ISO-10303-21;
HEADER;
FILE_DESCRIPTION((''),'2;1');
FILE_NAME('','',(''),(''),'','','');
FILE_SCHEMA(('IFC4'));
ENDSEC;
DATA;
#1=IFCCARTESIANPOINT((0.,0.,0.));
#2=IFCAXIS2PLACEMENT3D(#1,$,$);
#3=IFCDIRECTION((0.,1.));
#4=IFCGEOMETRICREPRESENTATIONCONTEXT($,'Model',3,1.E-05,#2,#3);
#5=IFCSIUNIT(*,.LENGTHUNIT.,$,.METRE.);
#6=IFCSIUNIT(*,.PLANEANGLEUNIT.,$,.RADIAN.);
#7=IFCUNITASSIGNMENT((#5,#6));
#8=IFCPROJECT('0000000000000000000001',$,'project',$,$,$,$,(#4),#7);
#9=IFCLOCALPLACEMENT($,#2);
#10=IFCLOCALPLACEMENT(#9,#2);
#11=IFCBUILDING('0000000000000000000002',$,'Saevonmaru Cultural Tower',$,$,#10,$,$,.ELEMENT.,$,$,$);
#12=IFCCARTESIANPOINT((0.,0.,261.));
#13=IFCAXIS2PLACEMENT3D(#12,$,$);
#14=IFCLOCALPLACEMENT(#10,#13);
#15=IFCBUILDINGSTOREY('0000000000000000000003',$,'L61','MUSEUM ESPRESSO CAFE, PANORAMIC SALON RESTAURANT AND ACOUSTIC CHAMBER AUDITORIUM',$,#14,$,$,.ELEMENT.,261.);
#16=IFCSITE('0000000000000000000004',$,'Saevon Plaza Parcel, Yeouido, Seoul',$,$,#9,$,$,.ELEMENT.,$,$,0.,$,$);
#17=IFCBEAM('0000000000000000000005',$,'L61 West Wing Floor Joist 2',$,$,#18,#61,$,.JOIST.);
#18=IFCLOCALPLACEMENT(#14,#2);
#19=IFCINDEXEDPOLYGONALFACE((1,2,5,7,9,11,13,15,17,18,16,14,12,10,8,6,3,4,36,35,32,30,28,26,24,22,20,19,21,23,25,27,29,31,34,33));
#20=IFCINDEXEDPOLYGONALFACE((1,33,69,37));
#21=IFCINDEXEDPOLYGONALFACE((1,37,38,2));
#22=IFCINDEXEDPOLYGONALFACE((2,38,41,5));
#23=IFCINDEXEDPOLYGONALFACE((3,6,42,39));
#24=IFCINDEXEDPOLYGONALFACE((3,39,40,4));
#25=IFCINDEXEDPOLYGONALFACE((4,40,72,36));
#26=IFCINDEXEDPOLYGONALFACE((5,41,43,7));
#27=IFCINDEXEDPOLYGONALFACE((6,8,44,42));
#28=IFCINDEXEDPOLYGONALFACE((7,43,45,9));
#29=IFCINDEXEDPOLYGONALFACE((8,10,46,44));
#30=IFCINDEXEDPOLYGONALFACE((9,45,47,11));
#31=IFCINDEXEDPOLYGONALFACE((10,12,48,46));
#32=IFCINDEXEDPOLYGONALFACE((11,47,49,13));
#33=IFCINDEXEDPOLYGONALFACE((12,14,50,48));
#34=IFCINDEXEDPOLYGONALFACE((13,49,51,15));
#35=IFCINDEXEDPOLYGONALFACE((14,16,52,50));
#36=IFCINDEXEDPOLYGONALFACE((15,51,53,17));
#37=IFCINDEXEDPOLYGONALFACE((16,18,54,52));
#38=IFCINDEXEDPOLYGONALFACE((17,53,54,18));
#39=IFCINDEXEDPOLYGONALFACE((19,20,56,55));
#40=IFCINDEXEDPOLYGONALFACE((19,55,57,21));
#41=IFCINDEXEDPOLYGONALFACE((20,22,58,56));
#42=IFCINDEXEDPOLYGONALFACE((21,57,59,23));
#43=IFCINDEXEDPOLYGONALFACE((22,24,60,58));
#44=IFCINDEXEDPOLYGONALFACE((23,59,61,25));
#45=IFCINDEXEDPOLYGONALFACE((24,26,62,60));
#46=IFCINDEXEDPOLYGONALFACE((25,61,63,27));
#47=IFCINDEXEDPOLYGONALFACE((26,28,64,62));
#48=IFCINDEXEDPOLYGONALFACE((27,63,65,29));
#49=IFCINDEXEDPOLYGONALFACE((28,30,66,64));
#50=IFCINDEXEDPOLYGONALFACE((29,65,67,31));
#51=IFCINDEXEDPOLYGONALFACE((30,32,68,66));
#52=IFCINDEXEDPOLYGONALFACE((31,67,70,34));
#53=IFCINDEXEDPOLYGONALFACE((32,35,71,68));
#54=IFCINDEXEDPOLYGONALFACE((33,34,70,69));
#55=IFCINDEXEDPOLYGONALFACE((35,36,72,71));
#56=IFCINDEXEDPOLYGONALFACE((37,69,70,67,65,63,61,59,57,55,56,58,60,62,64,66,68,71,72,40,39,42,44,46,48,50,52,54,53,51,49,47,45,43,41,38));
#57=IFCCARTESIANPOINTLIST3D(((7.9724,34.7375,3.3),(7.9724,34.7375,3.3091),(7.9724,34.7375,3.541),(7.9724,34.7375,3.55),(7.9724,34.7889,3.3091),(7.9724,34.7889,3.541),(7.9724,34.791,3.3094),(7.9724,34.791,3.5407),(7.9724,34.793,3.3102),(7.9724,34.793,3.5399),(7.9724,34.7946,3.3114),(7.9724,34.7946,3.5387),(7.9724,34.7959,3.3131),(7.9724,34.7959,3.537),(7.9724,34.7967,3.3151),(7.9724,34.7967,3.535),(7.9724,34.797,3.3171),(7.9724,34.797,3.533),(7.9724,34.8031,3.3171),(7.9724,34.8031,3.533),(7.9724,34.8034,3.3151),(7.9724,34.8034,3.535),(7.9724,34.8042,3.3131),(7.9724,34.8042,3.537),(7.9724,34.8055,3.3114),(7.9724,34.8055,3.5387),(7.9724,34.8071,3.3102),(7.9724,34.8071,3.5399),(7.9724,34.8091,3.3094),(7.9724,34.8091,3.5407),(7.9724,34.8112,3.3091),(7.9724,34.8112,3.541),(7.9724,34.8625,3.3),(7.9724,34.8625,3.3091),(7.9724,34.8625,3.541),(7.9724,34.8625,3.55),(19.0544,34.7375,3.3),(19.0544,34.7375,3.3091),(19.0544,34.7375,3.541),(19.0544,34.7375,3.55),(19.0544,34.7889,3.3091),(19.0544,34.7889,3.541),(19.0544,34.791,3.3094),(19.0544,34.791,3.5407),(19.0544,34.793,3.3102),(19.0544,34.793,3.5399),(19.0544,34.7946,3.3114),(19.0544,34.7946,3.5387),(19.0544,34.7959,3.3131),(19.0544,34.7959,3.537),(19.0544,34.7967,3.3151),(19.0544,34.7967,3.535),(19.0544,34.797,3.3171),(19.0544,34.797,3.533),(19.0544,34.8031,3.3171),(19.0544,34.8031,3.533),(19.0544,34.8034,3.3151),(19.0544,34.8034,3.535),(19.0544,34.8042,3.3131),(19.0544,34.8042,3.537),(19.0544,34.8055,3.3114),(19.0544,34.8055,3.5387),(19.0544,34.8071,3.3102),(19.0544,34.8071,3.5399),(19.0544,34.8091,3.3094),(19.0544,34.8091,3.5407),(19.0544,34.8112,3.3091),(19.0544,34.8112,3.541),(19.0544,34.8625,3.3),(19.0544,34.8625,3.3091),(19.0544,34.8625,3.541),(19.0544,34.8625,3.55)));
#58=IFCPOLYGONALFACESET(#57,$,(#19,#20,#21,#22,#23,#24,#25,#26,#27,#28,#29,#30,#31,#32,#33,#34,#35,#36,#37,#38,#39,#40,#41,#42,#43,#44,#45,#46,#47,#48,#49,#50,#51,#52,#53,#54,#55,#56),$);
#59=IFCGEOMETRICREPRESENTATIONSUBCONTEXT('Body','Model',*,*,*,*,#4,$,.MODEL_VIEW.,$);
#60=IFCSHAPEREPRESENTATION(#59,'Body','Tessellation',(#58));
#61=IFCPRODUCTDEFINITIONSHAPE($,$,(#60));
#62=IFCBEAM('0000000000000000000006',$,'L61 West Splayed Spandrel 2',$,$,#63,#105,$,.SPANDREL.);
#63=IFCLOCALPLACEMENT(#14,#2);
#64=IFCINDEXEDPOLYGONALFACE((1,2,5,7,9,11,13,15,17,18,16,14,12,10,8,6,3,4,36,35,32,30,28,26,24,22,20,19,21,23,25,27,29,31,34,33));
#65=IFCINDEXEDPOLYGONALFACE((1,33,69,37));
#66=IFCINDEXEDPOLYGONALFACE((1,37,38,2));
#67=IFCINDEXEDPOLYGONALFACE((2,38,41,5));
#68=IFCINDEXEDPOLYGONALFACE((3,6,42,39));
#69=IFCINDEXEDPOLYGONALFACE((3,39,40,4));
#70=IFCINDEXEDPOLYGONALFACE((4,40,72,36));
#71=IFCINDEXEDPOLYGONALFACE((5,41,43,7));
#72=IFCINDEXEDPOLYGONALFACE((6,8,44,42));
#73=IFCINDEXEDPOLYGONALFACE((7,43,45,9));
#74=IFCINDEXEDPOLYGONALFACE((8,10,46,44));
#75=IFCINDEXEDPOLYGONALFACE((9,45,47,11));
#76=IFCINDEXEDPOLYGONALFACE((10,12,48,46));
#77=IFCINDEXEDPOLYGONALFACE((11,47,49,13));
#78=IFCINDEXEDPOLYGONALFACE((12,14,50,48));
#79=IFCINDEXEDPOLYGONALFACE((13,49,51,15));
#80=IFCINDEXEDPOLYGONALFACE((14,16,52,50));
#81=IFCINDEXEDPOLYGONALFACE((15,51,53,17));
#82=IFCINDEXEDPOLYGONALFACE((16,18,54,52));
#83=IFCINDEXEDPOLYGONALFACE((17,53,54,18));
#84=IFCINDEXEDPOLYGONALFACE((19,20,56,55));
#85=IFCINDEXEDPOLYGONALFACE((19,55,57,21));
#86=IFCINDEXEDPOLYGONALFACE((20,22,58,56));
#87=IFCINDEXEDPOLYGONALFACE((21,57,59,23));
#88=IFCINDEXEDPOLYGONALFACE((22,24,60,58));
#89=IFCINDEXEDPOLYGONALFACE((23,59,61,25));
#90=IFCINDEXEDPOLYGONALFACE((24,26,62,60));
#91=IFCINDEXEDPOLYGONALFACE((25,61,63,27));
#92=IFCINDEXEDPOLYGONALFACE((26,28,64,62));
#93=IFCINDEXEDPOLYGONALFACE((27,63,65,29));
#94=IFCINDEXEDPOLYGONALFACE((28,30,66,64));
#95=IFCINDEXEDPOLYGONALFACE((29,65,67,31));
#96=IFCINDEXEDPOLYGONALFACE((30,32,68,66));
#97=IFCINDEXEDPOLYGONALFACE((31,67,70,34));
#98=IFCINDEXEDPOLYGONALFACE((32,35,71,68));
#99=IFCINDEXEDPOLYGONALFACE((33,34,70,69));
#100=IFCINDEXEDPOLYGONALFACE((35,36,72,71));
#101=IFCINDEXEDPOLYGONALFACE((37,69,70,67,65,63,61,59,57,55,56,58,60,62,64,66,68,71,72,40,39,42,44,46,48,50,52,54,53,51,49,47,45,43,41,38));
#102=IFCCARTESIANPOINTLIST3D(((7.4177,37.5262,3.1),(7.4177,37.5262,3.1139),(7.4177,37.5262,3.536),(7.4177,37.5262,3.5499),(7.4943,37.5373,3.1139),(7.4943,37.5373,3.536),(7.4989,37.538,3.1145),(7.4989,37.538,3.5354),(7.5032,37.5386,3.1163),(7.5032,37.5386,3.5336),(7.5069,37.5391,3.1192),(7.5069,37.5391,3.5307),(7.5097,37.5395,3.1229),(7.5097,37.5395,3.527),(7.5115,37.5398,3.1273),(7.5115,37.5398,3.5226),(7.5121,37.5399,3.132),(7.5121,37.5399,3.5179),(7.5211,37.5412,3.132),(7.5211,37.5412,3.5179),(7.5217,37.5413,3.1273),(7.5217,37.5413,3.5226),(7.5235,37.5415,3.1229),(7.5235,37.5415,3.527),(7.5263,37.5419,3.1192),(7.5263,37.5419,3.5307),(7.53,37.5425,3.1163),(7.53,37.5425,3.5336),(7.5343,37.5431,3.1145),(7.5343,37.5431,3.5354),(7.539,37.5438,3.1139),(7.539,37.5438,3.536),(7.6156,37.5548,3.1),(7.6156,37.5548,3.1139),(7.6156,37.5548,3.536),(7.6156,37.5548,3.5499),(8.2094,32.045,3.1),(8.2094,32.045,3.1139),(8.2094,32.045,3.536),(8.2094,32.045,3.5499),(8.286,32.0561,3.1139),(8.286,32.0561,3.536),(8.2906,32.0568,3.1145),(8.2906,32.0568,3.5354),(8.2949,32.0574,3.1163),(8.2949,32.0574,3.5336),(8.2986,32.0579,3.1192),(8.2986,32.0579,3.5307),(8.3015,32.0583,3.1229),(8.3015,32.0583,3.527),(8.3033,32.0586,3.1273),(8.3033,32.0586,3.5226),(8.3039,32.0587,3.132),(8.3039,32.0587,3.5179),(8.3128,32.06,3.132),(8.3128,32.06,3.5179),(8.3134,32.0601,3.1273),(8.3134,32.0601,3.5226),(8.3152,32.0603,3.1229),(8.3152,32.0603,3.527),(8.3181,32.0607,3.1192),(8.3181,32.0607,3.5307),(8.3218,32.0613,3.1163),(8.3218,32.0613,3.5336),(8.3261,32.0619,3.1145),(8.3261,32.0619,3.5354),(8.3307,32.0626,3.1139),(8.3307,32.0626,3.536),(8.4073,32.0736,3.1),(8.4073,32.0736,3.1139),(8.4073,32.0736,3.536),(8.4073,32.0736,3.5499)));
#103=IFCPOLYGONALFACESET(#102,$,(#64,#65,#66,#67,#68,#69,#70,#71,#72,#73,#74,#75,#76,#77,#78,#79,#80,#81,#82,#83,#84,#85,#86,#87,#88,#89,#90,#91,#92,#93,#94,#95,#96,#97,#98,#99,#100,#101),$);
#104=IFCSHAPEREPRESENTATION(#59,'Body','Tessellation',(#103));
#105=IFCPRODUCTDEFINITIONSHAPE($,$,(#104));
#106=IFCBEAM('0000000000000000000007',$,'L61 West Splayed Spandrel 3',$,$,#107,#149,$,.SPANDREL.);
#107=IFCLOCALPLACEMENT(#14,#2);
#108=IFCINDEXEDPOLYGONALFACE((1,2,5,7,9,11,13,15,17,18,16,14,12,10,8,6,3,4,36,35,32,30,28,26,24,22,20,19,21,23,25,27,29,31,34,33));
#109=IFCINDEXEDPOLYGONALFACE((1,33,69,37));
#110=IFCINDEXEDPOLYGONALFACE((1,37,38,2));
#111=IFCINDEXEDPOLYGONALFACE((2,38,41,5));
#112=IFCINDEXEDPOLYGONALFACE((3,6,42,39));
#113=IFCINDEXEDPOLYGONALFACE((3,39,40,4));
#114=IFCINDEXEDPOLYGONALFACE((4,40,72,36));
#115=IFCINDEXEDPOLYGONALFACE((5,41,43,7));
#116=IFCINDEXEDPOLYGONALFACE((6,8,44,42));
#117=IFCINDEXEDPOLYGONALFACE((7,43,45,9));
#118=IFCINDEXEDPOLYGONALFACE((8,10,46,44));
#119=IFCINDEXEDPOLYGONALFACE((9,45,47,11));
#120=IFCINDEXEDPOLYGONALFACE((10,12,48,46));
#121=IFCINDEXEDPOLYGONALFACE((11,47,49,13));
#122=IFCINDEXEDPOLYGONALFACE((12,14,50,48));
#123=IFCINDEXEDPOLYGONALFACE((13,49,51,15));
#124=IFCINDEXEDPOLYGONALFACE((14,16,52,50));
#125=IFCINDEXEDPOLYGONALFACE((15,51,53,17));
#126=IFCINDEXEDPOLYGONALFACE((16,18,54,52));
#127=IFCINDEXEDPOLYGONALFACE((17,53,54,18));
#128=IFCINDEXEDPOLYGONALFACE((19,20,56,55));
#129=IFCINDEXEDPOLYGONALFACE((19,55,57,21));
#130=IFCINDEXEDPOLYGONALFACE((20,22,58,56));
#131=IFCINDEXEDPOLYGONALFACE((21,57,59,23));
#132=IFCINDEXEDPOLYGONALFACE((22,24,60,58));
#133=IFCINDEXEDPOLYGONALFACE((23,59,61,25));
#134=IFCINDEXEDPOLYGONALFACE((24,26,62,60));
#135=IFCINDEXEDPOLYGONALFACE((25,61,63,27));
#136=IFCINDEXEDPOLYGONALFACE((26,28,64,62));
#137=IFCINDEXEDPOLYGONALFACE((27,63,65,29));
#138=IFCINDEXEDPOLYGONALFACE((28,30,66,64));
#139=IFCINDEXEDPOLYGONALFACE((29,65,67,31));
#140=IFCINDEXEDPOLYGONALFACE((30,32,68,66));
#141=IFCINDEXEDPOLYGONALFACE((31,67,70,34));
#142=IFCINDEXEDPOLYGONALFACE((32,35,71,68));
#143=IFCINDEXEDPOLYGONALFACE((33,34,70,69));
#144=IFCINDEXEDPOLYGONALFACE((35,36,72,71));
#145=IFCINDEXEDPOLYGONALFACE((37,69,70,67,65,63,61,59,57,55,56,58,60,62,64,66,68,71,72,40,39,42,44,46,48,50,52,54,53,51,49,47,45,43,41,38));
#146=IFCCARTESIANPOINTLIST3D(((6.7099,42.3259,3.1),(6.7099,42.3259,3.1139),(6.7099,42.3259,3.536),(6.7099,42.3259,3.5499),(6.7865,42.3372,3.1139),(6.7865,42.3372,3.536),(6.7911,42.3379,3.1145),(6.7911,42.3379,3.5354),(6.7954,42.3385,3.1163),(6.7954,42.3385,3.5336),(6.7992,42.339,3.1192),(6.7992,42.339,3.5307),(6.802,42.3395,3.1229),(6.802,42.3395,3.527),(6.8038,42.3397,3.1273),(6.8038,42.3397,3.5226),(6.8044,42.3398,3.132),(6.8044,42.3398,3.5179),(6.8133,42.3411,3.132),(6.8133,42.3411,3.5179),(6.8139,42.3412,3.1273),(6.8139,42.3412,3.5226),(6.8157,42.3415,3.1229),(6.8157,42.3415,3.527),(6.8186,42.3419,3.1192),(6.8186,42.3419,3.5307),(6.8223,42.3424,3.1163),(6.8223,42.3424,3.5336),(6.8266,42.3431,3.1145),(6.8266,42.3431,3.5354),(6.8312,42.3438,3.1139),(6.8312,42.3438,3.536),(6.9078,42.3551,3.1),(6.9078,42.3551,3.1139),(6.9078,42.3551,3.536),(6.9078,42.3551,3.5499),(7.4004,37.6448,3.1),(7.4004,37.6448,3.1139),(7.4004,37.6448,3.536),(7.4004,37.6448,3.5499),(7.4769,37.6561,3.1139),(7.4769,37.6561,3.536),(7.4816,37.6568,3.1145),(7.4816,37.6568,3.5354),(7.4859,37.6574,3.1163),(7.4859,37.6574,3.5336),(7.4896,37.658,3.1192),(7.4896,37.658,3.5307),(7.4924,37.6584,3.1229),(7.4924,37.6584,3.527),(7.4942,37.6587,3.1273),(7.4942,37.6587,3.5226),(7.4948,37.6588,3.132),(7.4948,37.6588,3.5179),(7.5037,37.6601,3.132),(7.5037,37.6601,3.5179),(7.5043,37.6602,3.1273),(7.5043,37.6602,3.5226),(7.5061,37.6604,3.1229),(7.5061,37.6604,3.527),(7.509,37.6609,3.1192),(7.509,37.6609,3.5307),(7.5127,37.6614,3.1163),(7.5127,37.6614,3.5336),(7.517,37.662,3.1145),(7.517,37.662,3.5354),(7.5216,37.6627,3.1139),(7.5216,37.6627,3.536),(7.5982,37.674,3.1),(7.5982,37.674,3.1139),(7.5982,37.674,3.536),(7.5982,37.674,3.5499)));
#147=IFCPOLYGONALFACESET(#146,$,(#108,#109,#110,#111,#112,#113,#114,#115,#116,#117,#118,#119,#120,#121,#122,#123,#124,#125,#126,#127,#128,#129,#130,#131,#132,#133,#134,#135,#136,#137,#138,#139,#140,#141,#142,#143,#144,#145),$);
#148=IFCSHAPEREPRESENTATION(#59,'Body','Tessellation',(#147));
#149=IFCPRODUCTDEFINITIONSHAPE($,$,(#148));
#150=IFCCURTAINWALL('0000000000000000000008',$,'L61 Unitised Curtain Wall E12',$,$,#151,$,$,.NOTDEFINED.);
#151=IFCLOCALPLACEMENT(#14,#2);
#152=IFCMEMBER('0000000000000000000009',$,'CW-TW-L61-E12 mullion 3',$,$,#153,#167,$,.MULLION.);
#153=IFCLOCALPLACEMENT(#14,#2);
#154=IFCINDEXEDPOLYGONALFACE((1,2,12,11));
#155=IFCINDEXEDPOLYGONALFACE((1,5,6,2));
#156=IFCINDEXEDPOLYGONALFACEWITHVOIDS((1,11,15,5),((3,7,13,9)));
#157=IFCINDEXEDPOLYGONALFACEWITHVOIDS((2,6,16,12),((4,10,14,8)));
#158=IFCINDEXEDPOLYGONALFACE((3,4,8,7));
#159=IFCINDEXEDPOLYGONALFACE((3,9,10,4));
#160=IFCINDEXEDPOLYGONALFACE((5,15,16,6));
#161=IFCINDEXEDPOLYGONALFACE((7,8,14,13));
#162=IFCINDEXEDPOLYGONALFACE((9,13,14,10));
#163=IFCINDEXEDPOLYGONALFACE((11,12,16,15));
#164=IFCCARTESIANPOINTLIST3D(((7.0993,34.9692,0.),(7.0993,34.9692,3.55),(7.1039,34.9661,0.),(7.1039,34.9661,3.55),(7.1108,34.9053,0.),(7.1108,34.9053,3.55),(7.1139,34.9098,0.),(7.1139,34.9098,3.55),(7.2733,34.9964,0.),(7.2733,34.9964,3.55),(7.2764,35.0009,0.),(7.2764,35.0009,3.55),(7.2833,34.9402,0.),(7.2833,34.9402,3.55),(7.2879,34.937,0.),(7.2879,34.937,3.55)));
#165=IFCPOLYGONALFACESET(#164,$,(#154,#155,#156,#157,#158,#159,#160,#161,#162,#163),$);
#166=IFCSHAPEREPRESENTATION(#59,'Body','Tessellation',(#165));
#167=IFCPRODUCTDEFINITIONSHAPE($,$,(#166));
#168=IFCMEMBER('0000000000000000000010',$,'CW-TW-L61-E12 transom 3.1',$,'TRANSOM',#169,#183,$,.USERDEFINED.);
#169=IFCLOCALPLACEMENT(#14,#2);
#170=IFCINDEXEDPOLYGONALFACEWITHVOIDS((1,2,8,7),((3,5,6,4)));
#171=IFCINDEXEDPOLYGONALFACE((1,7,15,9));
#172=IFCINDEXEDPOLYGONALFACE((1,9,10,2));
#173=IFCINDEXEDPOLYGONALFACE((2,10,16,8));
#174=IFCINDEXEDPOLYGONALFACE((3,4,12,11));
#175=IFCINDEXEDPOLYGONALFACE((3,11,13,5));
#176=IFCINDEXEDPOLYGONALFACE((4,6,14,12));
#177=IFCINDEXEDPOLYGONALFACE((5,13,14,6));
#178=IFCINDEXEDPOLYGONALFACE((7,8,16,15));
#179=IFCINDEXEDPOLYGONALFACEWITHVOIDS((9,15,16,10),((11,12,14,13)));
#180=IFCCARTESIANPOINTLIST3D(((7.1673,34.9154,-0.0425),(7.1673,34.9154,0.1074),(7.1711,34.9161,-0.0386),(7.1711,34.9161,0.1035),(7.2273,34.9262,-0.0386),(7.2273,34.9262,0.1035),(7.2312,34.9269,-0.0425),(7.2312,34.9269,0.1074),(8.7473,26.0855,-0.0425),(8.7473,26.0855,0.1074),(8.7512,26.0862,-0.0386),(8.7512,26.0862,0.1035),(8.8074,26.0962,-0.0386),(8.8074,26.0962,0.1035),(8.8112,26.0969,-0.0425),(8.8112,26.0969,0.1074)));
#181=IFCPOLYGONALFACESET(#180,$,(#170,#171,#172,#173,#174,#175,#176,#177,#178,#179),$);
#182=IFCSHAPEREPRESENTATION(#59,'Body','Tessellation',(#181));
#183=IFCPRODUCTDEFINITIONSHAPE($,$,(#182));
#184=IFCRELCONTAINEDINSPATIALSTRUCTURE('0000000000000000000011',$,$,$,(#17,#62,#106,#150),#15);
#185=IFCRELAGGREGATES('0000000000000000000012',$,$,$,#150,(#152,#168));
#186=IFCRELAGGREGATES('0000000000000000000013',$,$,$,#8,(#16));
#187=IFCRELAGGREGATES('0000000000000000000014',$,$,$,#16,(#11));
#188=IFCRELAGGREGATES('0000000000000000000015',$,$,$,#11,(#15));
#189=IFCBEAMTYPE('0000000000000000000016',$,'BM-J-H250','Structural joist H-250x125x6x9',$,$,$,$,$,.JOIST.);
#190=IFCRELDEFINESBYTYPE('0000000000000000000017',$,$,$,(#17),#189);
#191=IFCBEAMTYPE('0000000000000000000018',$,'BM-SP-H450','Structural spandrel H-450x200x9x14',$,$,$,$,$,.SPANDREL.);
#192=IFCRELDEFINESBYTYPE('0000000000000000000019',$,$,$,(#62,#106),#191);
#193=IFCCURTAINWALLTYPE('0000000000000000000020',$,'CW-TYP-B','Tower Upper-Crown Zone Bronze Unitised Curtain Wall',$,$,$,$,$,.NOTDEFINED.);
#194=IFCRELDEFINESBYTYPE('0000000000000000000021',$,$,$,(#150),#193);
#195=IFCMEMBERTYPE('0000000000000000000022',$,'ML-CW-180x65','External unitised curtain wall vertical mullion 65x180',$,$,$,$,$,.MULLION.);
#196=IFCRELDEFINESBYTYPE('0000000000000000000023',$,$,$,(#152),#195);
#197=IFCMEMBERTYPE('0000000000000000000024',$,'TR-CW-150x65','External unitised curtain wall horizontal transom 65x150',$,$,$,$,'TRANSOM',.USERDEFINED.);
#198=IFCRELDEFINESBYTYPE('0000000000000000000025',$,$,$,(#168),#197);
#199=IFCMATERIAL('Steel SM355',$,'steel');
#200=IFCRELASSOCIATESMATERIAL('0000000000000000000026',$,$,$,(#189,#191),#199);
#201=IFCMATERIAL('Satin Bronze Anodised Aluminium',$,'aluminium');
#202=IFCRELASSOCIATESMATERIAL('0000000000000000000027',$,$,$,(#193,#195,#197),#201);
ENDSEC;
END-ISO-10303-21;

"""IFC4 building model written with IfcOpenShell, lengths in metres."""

from ifc_helpers import new_model, si_unit, direction, frame, origin, origin_2d, place, context, subcontext, project, spatial, hollow_rectangle, i_section, extrude, material, material_profile, profile_set, type_object, element, aggregate, save


model = new_model("IFC4")

# Units and contexts
model_context = context("Model", 3, precision=1e-05, world=origin(), true_north=direction((0.0, 1.0)))
body_context = subcontext(model_context, "Body", "Model", "MODEL_VIEW")
ifc_project = project(units=[si_unit("LENGTHUNIT", "METRE"), si_unit("PLANEANGLEUNIT", "RADIAN")], contexts=[model_context])

# Site, building, storey
site_placement = place(None, origin())
site = spatial("IfcSite", under=ifc_project, at=site_placement, Name="Saevon Plaza Parcel, Yeouido, Seoul", CompositionType="ELEMENT", RefElevation=0.0)
building_placement = place(site_placement, origin())
building = spatial("IfcBuilding", under=site, at=building_placement, Name="Saevonmaru Cultural Tower", CompositionType="ELEMENT")
storey_placement = place(building_placement, frame((0.0, 0.0, 261.0)))
storey = spatial("IfcBuildingStorey", under=building, at=storey_placement, Name="L61", Description="MUSEUM ESPRESSO CAFE, PANORAMIC SALON RESTAURANT AND ACOUSTIC CHAMBER AUDITORIUM", CompositionType="ELEMENT", Elevation=261.0)

# Shared definitions
ifc_material_1 = material(Name="Steel SM355", Category="steel")

# Beams
ifc_material_profile_1 = material_profile(ifc_material_1, i_section(OverallWidth=0.125, OverallDepth=0.25, WebThickness=0.0061, FlangeThickness=0.009, FilletRadius=0.0081, at=origin_2d()), Name="H-250x125x6x9")
ifc_profile_set_1 = profile_set([ifc_material_profile_1], Name="Steel SM355")
beam_type_1 = type_object("IfcBeamType", Name="BM-J-H250", Description="Structural joist H-250x125x6x9", PredefinedType="JOIST", material=ifc_profile_set_1)
beam_1_placement = place(storey_placement, frame((7.9724, 34.8, 3.425), z_axis=(1.0, 0.0, 0.0), x_axis=(0.0, 1.0, 0.0)))
element("IfcBeam", 1, at=beam_1_placement, inside=storey, type_object=beam_type_1, Name="L61 West Wing Floor Joist 2", PredefinedType="JOIST", context=body_context, shape_type="SweptSolid", body=[
    extrude(i_section(OverallWidth=0.125, OverallDepth=0.25, WebThickness=0.0061, FlangeThickness=0.009, FilletRadius=0.0081, at=origin_2d()), origin(), (0.0, 0.0, 1.0), 11.082),
])
ifc_material_profile_2 = material_profile(ifc_material_1, i_section(OverallWidth=0.2, OverallDepth=0.45, WebThickness=0.009, FlangeThickness=0.0139, FilletRadius=0.0181, at=origin_2d()), Name="H-450x200x9x14")
ifc_profile_set_2 = profile_set([ifc_material_profile_2], Name="Steel SM355")
beam_type_2 = type_object("IfcBeamType", Name="BM-SP-H450", Description="Structural spandrel H-450x200x9x14", PredefinedType="SPANDREL", material=ifc_profile_set_2)
beam_2_placement = place(storey_placement, frame((8.3083, 32.0593, 3.325), z_axis=(-0.142964, 0.989728, 0.0), x_axis=(-0.989728, -0.142964, 0.0)))
element("IfcBeam", 2, at=beam_2_placement, inside=storey, type_object=beam_type_2, Name="L61 West Splayed Spandrel 2", PredefinedType="SPANDREL", context=body_context, shape_type="SweptSolid", body=[
    extrude(i_section(OverallWidth=0.2, OverallDepth=0.45, WebThickness=0.009, FlangeThickness=0.0139, FilletRadius=0.0181, at=origin_2d()), origin(), (0.0, 0.0, 1.0), 5.5381),
])
beam_3_placement = place(storey_placement, frame((7.4993, 37.6594, 3.325), z_axis=(-0.145913, 0.989297, 0.0), x_axis=(-0.989297, -0.145913, 0.0)))
element("IfcBeam", 3, at=beam_3_placement, inside=storey, type_object=beam_type_2, Name="L61 West Splayed Spandrel 3", PredefinedType="SPANDREL", context=body_context, shape_type="SweptSolid", body=[
    extrude(i_section(OverallWidth=0.2, OverallDepth=0.45, WebThickness=0.009, FlangeThickness=0.0139, FilletRadius=0.0181, at=origin_2d()), origin(), (0.0, 0.0, 1.0), 4.7317),
])

# Curtain wall, members
ifc_material_2 = material(Name="Satin Bronze Anodised Aluminium", Category="aluminium")
curtain_wall_type = type_object("IfcCurtainWallType", Name="CW-TYP-B", Description="Tower Upper-Crown Zone Bronze Unitised Curtain Wall", PredefinedType="NOTDEFINED", material=ifc_material_2)
curtain_wall_placement = place(storey_placement, origin())
curtain_wall = element("IfcCurtainWall", 4, at=curtain_wall_placement, inside=storey, type_object=curtain_wall_type, Name="L61 Unitised Curtain Wall E12", PredefinedType="NOTDEFINED")
ifc_material_profile_3 = material_profile(ifc_material_2, hollow_rectangle(XDim=0.0649, YDim=0.1799, WallThickness=0.0039, at=origin_2d()), Name="ALU-MULL-180x65x4")
ifc_profile_set_3 = profile_set([ifc_material_profile_3], Name="Satin Bronze Anodised Aluminium")
member_type_1 = type_object("IfcMemberType", Name="ML-CW-180x65", Description="External unitised curtain wall vertical mullion 65x180", PredefinedType="MULLION", material=ifc_profile_set_3)
member_1_placement = place(storey_placement, frame((7.1936, 34.9531, 0.0), z_axis=(0.0, 0.0, 1.0), x_axis=(0.176141, -0.984365, 0.0)))
member_1 = element("IfcMember", 5, at=member_1_placement, type_object=member_type_1, Name="CW-TW-L61-E12 mullion 3", PredefinedType="MULLION", context=body_context, shape_type="SweptSolid", body=[
    extrude(hollow_rectangle(XDim=0.0649, YDim=0.1799, WallThickness=0.0039, at=origin_2d()), origin(), (0.0, 0.0, 1.0), 3.55),
])
ifc_material_profile_4 = material_profile(ifc_material_2, hollow_rectangle(XDim=0.0649, YDim=0.1499, WallThickness=0.0039, at=origin_2d()), Name="ALU-TRAN-150x65x4")
ifc_profile_set_4 = profile_set([ifc_material_profile_4], Name="Satin Bronze Anodised Aluminium")
member_type_2 = type_object("IfcMemberType", Name="TR-CW-150x65", Description="External unitised curtain wall horizontal transom 65x150", ElementType="TRANSOM", PredefinedType="USERDEFINED", material=ifc_profile_set_4)
member_2_placement = place(storey_placement, frame((7.1992, 34.9211, 0.0325), z_axis=(0.176145, -0.984364, 0.0), x_axis=(0.984364, 0.176145, 0.0)))
member_2 = element("IfcMember", 6, at=member_2_placement, type_object=member_type_2, Name="CW-TW-L61-E12 transom 3.1", ObjectType="TRANSOM", PredefinedType="USERDEFINED", context=body_context, shape_type="SweptSolid", body=[
    extrude(hollow_rectangle(XDim=0.0649, YDim=0.1499, WallThickness=0.0039, at=origin_2d()), origin(), (0.0, 0.0, 1.0), 8.9702),
])
aggregate(curtain_wall, [member_1, member_2])

save(model, "model.ifc")
